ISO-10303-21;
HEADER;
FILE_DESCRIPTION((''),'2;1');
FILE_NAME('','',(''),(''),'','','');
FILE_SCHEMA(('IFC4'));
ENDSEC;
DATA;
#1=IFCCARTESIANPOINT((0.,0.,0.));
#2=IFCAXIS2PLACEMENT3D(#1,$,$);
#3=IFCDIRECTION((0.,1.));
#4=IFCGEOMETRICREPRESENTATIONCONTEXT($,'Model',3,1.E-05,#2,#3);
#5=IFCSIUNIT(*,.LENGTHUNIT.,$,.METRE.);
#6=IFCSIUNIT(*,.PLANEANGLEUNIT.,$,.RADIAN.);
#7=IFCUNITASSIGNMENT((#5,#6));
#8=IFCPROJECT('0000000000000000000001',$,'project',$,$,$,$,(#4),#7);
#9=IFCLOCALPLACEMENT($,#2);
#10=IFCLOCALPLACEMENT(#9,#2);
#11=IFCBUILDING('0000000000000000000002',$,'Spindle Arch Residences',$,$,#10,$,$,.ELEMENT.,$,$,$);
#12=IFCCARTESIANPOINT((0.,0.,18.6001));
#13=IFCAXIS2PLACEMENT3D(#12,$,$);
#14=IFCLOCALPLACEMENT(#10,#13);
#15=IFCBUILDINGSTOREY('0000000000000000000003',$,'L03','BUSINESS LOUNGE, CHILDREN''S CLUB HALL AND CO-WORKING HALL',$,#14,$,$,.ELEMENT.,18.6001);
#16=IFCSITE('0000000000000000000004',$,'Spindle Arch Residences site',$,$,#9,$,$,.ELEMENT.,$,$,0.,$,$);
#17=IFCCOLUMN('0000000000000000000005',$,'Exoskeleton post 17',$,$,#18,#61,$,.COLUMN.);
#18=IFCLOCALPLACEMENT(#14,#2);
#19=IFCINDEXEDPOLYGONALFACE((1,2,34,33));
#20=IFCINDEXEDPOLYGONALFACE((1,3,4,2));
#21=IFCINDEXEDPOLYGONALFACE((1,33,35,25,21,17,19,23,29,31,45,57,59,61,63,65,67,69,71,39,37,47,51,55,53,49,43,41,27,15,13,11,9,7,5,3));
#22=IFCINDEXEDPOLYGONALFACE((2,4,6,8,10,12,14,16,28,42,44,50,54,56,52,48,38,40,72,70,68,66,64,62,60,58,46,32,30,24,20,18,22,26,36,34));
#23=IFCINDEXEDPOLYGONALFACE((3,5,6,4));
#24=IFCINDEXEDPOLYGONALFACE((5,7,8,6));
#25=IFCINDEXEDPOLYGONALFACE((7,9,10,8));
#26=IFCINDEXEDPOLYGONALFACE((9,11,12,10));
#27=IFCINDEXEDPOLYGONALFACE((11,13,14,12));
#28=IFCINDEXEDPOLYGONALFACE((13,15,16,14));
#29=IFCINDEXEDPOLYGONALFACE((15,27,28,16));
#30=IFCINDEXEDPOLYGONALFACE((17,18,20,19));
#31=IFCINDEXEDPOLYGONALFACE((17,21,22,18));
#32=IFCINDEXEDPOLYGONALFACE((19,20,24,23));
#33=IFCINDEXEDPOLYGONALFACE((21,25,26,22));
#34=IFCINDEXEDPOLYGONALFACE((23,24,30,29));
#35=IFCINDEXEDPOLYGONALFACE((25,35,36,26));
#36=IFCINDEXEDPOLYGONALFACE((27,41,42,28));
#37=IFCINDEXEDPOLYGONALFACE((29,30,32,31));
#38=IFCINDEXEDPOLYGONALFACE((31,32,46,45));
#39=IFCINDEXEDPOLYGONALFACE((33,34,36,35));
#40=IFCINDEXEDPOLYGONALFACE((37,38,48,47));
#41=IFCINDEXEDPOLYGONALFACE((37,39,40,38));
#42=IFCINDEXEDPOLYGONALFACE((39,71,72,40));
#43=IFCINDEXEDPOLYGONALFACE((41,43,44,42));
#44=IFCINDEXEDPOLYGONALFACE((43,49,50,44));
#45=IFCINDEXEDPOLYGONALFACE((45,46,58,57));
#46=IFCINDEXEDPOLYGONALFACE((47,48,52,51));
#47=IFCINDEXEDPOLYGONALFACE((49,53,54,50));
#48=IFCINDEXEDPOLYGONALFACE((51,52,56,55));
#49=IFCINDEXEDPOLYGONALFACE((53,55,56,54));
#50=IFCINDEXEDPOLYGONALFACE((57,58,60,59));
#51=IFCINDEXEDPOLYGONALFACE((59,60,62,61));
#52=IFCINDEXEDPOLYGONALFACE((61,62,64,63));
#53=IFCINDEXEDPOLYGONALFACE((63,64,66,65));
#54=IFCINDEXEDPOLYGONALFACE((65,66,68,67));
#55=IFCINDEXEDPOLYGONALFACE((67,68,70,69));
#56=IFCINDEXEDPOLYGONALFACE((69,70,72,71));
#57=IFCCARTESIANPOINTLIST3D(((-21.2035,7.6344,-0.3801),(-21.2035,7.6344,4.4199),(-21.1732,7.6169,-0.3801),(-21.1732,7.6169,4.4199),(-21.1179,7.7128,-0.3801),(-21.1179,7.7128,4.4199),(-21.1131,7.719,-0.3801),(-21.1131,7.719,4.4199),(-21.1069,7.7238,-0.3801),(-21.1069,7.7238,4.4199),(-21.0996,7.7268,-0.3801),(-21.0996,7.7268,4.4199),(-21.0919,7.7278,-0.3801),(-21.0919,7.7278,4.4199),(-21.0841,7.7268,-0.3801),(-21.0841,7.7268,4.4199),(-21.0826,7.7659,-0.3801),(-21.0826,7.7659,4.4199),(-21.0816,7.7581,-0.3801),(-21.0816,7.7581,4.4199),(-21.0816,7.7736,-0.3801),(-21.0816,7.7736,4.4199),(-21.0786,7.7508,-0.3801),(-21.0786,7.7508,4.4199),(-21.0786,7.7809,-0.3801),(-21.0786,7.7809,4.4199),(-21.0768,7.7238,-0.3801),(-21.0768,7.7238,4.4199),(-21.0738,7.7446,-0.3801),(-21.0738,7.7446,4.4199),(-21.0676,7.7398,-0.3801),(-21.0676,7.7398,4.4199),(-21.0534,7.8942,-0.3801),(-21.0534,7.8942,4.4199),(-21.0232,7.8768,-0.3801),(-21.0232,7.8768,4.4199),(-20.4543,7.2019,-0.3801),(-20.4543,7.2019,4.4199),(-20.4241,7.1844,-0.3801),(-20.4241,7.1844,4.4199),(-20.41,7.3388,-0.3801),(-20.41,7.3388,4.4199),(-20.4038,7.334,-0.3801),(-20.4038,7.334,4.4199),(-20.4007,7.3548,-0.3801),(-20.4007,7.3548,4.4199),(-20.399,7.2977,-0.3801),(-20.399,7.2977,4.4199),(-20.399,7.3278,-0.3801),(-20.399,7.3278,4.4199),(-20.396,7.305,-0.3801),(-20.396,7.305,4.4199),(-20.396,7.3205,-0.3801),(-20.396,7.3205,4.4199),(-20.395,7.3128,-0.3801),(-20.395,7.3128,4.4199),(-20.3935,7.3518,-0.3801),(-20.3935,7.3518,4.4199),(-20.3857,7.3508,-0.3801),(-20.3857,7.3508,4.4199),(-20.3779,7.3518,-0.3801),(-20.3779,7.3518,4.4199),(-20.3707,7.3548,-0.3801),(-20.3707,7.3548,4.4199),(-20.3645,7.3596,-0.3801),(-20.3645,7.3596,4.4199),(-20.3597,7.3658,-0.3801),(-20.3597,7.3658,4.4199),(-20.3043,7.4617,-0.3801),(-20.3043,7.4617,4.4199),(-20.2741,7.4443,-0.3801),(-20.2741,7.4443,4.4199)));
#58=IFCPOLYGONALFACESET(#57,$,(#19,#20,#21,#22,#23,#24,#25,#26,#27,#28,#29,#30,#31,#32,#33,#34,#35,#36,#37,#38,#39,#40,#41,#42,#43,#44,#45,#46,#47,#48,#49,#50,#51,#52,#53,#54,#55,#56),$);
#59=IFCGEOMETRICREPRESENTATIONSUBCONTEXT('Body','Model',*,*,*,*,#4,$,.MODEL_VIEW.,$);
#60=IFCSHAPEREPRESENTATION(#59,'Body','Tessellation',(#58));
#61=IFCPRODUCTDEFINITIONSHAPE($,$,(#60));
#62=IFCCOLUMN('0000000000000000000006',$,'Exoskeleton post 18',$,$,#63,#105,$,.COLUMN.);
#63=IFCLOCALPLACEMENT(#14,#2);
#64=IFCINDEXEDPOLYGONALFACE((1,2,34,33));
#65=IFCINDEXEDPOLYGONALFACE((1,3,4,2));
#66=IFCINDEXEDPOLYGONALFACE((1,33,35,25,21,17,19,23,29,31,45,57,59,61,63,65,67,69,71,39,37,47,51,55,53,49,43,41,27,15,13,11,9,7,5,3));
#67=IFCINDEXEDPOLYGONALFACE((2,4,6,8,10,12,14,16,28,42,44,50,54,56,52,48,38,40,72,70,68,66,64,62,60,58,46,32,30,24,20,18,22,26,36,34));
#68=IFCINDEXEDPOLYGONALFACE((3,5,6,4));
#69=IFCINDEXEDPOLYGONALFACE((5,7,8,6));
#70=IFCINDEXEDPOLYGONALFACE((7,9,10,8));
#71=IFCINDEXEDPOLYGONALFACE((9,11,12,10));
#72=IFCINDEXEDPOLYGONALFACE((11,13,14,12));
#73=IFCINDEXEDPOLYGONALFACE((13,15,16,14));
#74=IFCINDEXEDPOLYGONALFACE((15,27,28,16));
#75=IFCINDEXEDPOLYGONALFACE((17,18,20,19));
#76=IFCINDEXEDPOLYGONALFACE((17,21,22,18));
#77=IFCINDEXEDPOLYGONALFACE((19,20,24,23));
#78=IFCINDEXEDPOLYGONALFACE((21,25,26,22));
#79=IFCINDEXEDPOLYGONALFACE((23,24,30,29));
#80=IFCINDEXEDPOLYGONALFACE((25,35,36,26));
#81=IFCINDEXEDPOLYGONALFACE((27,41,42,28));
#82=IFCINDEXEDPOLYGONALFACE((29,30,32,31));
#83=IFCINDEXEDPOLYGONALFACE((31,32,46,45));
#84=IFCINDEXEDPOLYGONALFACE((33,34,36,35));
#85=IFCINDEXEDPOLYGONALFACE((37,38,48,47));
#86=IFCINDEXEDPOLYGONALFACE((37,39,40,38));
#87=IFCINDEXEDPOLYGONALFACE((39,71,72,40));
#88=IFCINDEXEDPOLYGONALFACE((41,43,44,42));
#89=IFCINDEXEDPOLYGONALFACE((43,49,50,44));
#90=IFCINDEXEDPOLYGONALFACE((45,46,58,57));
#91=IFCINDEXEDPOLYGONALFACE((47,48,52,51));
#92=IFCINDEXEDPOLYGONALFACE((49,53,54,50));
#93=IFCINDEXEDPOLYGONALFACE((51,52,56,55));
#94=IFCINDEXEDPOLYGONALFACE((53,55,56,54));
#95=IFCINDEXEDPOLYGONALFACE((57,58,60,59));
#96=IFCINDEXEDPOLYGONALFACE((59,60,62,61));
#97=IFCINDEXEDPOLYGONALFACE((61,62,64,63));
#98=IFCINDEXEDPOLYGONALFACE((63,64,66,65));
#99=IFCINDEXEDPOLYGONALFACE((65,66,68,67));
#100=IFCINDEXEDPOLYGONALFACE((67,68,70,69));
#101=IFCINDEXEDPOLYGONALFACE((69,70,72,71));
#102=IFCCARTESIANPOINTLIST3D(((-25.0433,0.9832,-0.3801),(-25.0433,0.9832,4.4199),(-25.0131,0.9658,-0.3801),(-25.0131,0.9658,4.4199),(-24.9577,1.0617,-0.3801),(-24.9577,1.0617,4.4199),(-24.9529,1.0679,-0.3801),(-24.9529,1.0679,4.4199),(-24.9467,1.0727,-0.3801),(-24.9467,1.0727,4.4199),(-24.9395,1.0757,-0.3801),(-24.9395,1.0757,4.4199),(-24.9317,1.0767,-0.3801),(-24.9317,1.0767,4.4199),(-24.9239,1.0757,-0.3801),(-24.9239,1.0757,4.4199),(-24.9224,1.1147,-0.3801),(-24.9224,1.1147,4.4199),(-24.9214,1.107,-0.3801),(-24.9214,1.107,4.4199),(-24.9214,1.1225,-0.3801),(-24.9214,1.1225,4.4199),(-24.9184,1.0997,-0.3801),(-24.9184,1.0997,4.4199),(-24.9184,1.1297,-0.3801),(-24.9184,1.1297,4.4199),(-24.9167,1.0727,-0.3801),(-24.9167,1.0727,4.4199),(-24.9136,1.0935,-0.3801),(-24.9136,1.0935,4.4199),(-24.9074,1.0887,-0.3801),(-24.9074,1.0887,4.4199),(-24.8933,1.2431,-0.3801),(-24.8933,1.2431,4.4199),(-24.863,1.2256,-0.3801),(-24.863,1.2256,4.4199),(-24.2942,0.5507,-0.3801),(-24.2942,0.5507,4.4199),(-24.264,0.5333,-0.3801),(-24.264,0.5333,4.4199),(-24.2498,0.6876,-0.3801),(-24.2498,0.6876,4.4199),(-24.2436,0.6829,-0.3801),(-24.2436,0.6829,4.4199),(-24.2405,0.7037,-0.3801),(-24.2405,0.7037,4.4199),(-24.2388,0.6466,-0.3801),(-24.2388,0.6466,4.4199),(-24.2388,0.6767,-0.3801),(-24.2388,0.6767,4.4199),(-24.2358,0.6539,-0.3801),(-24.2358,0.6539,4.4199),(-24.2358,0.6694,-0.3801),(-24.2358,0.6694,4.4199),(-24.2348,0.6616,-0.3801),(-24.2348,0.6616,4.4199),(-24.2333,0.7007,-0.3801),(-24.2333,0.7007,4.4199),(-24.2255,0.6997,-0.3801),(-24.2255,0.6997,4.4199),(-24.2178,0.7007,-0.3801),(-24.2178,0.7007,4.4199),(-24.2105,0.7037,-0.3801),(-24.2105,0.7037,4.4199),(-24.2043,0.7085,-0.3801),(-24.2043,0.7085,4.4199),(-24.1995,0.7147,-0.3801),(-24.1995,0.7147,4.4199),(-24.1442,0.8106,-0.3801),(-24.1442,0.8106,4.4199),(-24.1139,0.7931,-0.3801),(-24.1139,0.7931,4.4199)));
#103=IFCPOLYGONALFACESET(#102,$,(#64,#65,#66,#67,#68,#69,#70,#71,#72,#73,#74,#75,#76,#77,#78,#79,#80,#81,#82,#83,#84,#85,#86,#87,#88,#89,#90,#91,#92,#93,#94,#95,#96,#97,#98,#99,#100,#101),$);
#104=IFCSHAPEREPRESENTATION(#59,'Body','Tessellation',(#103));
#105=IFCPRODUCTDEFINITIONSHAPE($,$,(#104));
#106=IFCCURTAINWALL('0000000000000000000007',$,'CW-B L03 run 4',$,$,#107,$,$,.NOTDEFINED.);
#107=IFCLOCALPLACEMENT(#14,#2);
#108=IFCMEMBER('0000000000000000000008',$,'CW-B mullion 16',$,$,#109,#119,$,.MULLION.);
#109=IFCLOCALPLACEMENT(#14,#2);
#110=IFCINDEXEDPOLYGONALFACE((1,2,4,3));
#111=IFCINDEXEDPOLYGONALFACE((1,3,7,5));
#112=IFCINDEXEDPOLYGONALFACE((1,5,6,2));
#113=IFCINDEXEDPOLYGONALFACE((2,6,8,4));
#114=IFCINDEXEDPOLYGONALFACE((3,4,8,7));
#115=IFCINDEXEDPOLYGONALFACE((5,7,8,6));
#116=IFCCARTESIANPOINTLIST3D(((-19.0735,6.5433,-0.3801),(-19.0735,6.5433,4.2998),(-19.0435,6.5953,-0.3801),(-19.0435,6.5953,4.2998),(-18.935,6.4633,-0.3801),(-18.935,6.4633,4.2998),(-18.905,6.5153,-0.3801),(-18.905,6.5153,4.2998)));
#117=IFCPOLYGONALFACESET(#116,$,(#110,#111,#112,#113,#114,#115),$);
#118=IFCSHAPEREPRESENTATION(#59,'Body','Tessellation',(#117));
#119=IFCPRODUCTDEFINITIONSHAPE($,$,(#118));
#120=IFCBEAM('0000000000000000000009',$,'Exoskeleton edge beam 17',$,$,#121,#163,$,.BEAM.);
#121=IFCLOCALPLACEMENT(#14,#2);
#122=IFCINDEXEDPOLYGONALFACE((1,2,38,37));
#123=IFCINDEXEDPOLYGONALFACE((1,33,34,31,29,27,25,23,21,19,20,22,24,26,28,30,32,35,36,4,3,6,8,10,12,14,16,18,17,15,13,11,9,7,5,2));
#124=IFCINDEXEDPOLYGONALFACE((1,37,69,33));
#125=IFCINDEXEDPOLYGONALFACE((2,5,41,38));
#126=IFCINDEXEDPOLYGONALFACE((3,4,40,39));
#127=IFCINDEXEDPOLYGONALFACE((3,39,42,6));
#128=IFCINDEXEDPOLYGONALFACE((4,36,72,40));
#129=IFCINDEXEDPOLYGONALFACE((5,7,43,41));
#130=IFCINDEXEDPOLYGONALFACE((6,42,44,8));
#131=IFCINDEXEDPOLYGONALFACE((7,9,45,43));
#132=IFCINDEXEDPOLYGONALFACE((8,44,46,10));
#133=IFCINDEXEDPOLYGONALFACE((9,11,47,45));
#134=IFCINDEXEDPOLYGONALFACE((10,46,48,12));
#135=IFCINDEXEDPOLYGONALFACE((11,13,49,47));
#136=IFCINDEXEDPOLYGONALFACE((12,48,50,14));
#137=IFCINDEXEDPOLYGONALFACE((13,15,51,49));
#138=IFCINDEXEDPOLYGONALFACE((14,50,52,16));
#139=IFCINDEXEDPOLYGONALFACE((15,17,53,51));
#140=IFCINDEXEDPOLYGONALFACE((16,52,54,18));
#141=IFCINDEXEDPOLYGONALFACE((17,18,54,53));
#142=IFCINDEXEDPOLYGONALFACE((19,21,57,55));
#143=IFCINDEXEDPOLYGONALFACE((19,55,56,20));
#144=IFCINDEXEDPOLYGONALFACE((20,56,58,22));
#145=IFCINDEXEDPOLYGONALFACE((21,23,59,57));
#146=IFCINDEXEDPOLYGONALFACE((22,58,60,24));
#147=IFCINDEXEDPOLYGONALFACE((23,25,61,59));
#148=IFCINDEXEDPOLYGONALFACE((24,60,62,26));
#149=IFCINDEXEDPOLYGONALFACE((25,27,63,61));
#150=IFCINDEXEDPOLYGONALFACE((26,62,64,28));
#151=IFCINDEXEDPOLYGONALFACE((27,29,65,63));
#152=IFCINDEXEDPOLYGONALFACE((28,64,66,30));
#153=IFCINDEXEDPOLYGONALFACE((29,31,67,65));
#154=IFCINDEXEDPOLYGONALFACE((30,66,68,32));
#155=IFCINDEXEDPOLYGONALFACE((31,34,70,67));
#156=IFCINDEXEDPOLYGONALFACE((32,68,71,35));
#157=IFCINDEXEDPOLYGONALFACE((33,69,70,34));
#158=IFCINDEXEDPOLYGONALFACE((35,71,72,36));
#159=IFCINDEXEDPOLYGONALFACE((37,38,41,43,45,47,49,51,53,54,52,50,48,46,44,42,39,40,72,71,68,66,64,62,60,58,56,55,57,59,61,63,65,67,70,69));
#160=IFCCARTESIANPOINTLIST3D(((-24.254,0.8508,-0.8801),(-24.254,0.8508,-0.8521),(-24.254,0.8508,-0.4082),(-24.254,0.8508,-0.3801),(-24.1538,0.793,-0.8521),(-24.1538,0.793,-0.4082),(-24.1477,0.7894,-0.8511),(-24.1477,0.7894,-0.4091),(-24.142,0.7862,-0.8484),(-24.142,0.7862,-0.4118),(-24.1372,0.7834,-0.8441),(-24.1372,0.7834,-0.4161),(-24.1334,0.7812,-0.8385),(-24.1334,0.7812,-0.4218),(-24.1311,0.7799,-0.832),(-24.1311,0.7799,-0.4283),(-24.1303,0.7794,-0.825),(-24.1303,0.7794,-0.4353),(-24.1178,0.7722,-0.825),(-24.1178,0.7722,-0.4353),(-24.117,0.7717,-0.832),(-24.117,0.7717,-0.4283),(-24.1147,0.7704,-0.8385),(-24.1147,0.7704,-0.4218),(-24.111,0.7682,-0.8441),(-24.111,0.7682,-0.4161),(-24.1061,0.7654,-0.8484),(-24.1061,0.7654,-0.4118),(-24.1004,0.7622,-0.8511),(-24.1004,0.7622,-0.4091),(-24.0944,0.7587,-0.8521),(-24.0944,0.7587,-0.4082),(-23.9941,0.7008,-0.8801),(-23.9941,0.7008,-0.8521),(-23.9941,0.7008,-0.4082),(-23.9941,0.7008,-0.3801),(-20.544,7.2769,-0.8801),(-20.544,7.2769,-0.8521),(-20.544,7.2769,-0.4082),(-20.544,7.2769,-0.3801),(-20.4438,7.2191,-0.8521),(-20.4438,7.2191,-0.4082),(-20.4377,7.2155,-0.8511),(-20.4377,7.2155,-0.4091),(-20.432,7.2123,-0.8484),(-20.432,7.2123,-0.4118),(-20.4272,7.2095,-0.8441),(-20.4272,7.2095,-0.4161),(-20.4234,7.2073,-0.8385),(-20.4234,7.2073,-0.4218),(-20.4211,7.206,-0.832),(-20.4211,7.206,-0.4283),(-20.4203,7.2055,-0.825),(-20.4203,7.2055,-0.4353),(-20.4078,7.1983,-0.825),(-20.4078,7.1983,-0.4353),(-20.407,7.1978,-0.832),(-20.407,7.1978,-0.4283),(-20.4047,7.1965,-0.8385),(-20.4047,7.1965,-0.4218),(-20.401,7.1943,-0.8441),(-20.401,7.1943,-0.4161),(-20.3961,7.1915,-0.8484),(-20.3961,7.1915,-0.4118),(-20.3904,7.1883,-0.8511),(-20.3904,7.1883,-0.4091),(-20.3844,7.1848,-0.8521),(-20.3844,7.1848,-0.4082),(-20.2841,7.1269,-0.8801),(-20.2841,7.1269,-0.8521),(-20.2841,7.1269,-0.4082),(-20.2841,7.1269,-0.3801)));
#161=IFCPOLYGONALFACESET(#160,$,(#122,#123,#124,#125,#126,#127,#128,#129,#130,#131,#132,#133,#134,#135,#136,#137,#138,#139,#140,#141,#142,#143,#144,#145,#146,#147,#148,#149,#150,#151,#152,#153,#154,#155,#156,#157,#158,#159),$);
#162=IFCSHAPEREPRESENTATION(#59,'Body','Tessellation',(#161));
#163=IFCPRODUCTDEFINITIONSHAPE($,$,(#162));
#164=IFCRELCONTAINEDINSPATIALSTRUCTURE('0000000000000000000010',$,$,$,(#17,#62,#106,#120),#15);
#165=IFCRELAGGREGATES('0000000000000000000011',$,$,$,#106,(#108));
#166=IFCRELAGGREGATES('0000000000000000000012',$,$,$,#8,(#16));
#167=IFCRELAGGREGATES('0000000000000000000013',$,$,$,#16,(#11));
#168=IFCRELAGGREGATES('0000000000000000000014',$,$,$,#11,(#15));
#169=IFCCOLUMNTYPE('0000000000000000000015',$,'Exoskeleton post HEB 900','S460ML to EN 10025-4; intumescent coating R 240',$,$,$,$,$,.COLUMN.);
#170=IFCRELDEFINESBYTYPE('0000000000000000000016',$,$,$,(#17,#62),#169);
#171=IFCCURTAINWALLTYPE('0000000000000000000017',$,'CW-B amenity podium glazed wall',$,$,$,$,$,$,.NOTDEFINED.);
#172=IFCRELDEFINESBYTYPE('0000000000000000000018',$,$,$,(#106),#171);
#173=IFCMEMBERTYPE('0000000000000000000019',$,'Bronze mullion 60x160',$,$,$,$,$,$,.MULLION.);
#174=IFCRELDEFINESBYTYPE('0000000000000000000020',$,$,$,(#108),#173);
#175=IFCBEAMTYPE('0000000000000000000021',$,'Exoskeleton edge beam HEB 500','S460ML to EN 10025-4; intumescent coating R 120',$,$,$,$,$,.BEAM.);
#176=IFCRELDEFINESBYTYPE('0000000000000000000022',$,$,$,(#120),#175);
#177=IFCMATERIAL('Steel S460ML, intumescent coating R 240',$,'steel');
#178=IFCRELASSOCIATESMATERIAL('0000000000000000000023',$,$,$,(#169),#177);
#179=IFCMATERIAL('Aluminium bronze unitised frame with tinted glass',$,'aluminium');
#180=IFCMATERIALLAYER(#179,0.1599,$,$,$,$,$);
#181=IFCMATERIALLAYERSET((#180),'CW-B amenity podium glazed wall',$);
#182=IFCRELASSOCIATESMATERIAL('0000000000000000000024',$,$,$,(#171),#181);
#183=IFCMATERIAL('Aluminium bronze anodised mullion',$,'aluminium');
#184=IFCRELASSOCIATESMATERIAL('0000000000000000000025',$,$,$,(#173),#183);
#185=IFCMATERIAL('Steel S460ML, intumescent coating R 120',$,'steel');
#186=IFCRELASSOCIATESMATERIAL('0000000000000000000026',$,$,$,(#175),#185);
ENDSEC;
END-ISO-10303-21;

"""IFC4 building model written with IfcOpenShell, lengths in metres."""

from ifc_helpers import new_model, si_unit, direction, frame, origin, origin_2d, place, context, subcontext, project, spatial, rectangle, i_section, extrude, material, layer, layer_set, material_profile, profile_set, type_object, element, aggregate, save


model = new_model("IFC4")

# Units and contexts
model_context = context("Model", 3, precision=1e-05, world=origin(), true_north=direction((0.0, 1.0)))
body_context = subcontext(model_context, "Body", "Model", "MODEL_VIEW")
ifc_project = project(units=[si_unit("LENGTHUNIT", "METRE"), si_unit("PLANEANGLEUNIT", "RADIAN")], contexts=[model_context])

# Site, building, storey
site_placement = place(None, origin())
site = spatial("IfcSite", under=ifc_project, at=site_placement, Name="Spindle Arch Residences site", CompositionType="ELEMENT", RefElevation=0.0)
building_placement = place(site_placement, origin())
building = spatial("IfcBuilding", under=site, at=building_placement, Name="Spindle Arch Residences", CompositionType="ELEMENT")
storey_placement = place(building_placement, frame((0.0, 0.0, 18.6001)))
storey = spatial("IfcBuildingStorey", under=building, at=storey_placement, Name="L03", Description="BUSINESS LOUNGE, CHILDREN'S CLUB HALL AND CO-WORKING HALL", CompositionType="ELEMENT", Elevation=18.6001)

# Columns
ifc_material_1 = material(Name="Steel S460ML, intumescent coating R 240", Category="steel")
ifc_material_profile_1 = material_profile(ifc_material_1, i_section(OverallWidth=0.3, OverallDepth=0.8999, WebThickness=0.0186, FlangeThickness=0.0349, FilletRadius=0.03, at=origin_2d()), Name="HEB 900")
ifc_profile_set_1 = profile_set([ifc_material_profile_1], Name="Steel S460ML, intumescent coating R 240")
column_type = type_object("IfcColumnType", Name="Exoskeleton post HEB 900", Description="S460ML to EN 10025-4; intumescent coating R 240", PredefinedType="COLUMN", material=ifc_profile_set_1)
for number, where, z_axis, x_axis, name in (
    (1, (-20.7388, 7.5393, -0.3801), (0.0, 0.0, 1.0), (0.5, 0.866025, 0.0), "Exoskeleton post 17"),
    (2, (-24.5786, 0.8882, -0.3801), (0.0, 0.0, 1.0), (0.5, 0.866025, 0.0), "Exoskeleton post 18"),
):
    element("IfcColumn", number, at=place(storey_placement, frame(where, z_axis=z_axis, x_axis=x_axis)), inside=storey, type_object=column_type, Name=name, PredefinedType="COLUMN", context=body_context, shape_type="SweptSolid", body=[
        extrude(i_section(OverallWidth=0.3, OverallDepth=0.8999, WebThickness=0.0186, FlangeThickness=0.0349, FilletRadius=0.03, at=origin_2d()), origin(), (0.0, 0.0, 1.0), 4.8),
    ])

# Curtain wall, member
ifc_material_2 = material(Name="Aluminium bronze unitised frame with tinted glass", Category="aluminium")
ifc_layer_1 = layer(ifc_material_2, 0.1599)
ifc_layer_set_1 = layer_set([ifc_layer_1], Name="CW-B amenity podium glazed wall")
curtain_wall_type = type_object("IfcCurtainWallType", Name="CW-B amenity podium glazed wall", PredefinedType="NOTDEFINED", material=ifc_layer_set_1)
curtain_wall_placement = place(storey_placement, origin())
curtain_wall = element("IfcCurtainWall", 3, at=curtain_wall_placement, inside=storey, type_object=curtain_wall_type, Name="CW-B L03 run 4", PredefinedType="NOTDEFINED")
ifc_material_3 = material(Name="Aluminium bronze anodised mullion", Category="aluminium")
ifc_material_profile_2 = material_profile(ifc_material_3, rectangle(XDim=0.1599, YDim=0.0601, at=origin_2d()), Name="MU 60x160")
ifc_profile_set_2 = profile_set([ifc_material_profile_2], Name="Aluminium bronze anodised mullion")
member_type = type_object("IfcMemberType", Name="Bronze mullion 60x160", PredefinedType="MULLION", material=ifc_profile_set_2)
member_placement = place(storey_placement, frame((-18.9893, 6.5293, -0.3801), z_axis=(0.0, 0.0, 1.0), x_axis=(0.866025, -0.5, 0.0)))
member = element("IfcMember", 4, at=member_placement, type_object=member_type, Name="CW-B mullion 16", PredefinedType="MULLION", context=body_context, shape_type="SweptSolid", body=[
    extrude(rectangle(XDim=0.1599, YDim=0.0601, at=origin_2d()), origin(), (0.0, 0.0, 1.0), 4.6799),
])

# Beam
ifc_material_4 = material(Name="Steel S460ML, intumescent coating R 120", Category="steel")
ifc_material_profile_3 = material_profile(ifc_material_4, i_section(OverallWidth=0.3, OverallDepth=0.5, WebThickness=0.0144, FlangeThickness=0.0281, FilletRadius=0.0271, at=origin_2d()), Name="HEB 500")
ifc_profile_set_3 = profile_set([ifc_material_profile_3], Name="Steel S460ML, intumescent coating R 120")
beam_type_1 = type_object("IfcBeamType", Name="Exoskeleton edge beam HEB 500", Description="S460ML to EN 10025-4; intumescent coating R 120", PredefinedType="BEAM", material=ifc_profile_set_3)
beam_1_placement = place(storey_placement, frame((-20.4141, 7.2019, -0.6301), z_axis=(-0.499989, -0.866032, 0.0), x_axis=(0.866032, -0.499989, 0.0)))
element("IfcBeam", 5, at=beam_1_placement, inside=storey, type_object=beam_type_1, Name="Exoskeleton edge beam 17", PredefinedType="BEAM", context=body_context, shape_type="SweptSolid", body=[
    extrude(i_section(OverallWidth=0.3, OverallDepth=0.5, WebThickness=0.0144, FlangeThickness=0.0281, FilletRadius=0.0271, at=origin_2d()), origin(), (0.0, 0.0, 1.0), 7.4202),
])

aggregate(curtain_wall, [member])

save(model, "model.ifc")
